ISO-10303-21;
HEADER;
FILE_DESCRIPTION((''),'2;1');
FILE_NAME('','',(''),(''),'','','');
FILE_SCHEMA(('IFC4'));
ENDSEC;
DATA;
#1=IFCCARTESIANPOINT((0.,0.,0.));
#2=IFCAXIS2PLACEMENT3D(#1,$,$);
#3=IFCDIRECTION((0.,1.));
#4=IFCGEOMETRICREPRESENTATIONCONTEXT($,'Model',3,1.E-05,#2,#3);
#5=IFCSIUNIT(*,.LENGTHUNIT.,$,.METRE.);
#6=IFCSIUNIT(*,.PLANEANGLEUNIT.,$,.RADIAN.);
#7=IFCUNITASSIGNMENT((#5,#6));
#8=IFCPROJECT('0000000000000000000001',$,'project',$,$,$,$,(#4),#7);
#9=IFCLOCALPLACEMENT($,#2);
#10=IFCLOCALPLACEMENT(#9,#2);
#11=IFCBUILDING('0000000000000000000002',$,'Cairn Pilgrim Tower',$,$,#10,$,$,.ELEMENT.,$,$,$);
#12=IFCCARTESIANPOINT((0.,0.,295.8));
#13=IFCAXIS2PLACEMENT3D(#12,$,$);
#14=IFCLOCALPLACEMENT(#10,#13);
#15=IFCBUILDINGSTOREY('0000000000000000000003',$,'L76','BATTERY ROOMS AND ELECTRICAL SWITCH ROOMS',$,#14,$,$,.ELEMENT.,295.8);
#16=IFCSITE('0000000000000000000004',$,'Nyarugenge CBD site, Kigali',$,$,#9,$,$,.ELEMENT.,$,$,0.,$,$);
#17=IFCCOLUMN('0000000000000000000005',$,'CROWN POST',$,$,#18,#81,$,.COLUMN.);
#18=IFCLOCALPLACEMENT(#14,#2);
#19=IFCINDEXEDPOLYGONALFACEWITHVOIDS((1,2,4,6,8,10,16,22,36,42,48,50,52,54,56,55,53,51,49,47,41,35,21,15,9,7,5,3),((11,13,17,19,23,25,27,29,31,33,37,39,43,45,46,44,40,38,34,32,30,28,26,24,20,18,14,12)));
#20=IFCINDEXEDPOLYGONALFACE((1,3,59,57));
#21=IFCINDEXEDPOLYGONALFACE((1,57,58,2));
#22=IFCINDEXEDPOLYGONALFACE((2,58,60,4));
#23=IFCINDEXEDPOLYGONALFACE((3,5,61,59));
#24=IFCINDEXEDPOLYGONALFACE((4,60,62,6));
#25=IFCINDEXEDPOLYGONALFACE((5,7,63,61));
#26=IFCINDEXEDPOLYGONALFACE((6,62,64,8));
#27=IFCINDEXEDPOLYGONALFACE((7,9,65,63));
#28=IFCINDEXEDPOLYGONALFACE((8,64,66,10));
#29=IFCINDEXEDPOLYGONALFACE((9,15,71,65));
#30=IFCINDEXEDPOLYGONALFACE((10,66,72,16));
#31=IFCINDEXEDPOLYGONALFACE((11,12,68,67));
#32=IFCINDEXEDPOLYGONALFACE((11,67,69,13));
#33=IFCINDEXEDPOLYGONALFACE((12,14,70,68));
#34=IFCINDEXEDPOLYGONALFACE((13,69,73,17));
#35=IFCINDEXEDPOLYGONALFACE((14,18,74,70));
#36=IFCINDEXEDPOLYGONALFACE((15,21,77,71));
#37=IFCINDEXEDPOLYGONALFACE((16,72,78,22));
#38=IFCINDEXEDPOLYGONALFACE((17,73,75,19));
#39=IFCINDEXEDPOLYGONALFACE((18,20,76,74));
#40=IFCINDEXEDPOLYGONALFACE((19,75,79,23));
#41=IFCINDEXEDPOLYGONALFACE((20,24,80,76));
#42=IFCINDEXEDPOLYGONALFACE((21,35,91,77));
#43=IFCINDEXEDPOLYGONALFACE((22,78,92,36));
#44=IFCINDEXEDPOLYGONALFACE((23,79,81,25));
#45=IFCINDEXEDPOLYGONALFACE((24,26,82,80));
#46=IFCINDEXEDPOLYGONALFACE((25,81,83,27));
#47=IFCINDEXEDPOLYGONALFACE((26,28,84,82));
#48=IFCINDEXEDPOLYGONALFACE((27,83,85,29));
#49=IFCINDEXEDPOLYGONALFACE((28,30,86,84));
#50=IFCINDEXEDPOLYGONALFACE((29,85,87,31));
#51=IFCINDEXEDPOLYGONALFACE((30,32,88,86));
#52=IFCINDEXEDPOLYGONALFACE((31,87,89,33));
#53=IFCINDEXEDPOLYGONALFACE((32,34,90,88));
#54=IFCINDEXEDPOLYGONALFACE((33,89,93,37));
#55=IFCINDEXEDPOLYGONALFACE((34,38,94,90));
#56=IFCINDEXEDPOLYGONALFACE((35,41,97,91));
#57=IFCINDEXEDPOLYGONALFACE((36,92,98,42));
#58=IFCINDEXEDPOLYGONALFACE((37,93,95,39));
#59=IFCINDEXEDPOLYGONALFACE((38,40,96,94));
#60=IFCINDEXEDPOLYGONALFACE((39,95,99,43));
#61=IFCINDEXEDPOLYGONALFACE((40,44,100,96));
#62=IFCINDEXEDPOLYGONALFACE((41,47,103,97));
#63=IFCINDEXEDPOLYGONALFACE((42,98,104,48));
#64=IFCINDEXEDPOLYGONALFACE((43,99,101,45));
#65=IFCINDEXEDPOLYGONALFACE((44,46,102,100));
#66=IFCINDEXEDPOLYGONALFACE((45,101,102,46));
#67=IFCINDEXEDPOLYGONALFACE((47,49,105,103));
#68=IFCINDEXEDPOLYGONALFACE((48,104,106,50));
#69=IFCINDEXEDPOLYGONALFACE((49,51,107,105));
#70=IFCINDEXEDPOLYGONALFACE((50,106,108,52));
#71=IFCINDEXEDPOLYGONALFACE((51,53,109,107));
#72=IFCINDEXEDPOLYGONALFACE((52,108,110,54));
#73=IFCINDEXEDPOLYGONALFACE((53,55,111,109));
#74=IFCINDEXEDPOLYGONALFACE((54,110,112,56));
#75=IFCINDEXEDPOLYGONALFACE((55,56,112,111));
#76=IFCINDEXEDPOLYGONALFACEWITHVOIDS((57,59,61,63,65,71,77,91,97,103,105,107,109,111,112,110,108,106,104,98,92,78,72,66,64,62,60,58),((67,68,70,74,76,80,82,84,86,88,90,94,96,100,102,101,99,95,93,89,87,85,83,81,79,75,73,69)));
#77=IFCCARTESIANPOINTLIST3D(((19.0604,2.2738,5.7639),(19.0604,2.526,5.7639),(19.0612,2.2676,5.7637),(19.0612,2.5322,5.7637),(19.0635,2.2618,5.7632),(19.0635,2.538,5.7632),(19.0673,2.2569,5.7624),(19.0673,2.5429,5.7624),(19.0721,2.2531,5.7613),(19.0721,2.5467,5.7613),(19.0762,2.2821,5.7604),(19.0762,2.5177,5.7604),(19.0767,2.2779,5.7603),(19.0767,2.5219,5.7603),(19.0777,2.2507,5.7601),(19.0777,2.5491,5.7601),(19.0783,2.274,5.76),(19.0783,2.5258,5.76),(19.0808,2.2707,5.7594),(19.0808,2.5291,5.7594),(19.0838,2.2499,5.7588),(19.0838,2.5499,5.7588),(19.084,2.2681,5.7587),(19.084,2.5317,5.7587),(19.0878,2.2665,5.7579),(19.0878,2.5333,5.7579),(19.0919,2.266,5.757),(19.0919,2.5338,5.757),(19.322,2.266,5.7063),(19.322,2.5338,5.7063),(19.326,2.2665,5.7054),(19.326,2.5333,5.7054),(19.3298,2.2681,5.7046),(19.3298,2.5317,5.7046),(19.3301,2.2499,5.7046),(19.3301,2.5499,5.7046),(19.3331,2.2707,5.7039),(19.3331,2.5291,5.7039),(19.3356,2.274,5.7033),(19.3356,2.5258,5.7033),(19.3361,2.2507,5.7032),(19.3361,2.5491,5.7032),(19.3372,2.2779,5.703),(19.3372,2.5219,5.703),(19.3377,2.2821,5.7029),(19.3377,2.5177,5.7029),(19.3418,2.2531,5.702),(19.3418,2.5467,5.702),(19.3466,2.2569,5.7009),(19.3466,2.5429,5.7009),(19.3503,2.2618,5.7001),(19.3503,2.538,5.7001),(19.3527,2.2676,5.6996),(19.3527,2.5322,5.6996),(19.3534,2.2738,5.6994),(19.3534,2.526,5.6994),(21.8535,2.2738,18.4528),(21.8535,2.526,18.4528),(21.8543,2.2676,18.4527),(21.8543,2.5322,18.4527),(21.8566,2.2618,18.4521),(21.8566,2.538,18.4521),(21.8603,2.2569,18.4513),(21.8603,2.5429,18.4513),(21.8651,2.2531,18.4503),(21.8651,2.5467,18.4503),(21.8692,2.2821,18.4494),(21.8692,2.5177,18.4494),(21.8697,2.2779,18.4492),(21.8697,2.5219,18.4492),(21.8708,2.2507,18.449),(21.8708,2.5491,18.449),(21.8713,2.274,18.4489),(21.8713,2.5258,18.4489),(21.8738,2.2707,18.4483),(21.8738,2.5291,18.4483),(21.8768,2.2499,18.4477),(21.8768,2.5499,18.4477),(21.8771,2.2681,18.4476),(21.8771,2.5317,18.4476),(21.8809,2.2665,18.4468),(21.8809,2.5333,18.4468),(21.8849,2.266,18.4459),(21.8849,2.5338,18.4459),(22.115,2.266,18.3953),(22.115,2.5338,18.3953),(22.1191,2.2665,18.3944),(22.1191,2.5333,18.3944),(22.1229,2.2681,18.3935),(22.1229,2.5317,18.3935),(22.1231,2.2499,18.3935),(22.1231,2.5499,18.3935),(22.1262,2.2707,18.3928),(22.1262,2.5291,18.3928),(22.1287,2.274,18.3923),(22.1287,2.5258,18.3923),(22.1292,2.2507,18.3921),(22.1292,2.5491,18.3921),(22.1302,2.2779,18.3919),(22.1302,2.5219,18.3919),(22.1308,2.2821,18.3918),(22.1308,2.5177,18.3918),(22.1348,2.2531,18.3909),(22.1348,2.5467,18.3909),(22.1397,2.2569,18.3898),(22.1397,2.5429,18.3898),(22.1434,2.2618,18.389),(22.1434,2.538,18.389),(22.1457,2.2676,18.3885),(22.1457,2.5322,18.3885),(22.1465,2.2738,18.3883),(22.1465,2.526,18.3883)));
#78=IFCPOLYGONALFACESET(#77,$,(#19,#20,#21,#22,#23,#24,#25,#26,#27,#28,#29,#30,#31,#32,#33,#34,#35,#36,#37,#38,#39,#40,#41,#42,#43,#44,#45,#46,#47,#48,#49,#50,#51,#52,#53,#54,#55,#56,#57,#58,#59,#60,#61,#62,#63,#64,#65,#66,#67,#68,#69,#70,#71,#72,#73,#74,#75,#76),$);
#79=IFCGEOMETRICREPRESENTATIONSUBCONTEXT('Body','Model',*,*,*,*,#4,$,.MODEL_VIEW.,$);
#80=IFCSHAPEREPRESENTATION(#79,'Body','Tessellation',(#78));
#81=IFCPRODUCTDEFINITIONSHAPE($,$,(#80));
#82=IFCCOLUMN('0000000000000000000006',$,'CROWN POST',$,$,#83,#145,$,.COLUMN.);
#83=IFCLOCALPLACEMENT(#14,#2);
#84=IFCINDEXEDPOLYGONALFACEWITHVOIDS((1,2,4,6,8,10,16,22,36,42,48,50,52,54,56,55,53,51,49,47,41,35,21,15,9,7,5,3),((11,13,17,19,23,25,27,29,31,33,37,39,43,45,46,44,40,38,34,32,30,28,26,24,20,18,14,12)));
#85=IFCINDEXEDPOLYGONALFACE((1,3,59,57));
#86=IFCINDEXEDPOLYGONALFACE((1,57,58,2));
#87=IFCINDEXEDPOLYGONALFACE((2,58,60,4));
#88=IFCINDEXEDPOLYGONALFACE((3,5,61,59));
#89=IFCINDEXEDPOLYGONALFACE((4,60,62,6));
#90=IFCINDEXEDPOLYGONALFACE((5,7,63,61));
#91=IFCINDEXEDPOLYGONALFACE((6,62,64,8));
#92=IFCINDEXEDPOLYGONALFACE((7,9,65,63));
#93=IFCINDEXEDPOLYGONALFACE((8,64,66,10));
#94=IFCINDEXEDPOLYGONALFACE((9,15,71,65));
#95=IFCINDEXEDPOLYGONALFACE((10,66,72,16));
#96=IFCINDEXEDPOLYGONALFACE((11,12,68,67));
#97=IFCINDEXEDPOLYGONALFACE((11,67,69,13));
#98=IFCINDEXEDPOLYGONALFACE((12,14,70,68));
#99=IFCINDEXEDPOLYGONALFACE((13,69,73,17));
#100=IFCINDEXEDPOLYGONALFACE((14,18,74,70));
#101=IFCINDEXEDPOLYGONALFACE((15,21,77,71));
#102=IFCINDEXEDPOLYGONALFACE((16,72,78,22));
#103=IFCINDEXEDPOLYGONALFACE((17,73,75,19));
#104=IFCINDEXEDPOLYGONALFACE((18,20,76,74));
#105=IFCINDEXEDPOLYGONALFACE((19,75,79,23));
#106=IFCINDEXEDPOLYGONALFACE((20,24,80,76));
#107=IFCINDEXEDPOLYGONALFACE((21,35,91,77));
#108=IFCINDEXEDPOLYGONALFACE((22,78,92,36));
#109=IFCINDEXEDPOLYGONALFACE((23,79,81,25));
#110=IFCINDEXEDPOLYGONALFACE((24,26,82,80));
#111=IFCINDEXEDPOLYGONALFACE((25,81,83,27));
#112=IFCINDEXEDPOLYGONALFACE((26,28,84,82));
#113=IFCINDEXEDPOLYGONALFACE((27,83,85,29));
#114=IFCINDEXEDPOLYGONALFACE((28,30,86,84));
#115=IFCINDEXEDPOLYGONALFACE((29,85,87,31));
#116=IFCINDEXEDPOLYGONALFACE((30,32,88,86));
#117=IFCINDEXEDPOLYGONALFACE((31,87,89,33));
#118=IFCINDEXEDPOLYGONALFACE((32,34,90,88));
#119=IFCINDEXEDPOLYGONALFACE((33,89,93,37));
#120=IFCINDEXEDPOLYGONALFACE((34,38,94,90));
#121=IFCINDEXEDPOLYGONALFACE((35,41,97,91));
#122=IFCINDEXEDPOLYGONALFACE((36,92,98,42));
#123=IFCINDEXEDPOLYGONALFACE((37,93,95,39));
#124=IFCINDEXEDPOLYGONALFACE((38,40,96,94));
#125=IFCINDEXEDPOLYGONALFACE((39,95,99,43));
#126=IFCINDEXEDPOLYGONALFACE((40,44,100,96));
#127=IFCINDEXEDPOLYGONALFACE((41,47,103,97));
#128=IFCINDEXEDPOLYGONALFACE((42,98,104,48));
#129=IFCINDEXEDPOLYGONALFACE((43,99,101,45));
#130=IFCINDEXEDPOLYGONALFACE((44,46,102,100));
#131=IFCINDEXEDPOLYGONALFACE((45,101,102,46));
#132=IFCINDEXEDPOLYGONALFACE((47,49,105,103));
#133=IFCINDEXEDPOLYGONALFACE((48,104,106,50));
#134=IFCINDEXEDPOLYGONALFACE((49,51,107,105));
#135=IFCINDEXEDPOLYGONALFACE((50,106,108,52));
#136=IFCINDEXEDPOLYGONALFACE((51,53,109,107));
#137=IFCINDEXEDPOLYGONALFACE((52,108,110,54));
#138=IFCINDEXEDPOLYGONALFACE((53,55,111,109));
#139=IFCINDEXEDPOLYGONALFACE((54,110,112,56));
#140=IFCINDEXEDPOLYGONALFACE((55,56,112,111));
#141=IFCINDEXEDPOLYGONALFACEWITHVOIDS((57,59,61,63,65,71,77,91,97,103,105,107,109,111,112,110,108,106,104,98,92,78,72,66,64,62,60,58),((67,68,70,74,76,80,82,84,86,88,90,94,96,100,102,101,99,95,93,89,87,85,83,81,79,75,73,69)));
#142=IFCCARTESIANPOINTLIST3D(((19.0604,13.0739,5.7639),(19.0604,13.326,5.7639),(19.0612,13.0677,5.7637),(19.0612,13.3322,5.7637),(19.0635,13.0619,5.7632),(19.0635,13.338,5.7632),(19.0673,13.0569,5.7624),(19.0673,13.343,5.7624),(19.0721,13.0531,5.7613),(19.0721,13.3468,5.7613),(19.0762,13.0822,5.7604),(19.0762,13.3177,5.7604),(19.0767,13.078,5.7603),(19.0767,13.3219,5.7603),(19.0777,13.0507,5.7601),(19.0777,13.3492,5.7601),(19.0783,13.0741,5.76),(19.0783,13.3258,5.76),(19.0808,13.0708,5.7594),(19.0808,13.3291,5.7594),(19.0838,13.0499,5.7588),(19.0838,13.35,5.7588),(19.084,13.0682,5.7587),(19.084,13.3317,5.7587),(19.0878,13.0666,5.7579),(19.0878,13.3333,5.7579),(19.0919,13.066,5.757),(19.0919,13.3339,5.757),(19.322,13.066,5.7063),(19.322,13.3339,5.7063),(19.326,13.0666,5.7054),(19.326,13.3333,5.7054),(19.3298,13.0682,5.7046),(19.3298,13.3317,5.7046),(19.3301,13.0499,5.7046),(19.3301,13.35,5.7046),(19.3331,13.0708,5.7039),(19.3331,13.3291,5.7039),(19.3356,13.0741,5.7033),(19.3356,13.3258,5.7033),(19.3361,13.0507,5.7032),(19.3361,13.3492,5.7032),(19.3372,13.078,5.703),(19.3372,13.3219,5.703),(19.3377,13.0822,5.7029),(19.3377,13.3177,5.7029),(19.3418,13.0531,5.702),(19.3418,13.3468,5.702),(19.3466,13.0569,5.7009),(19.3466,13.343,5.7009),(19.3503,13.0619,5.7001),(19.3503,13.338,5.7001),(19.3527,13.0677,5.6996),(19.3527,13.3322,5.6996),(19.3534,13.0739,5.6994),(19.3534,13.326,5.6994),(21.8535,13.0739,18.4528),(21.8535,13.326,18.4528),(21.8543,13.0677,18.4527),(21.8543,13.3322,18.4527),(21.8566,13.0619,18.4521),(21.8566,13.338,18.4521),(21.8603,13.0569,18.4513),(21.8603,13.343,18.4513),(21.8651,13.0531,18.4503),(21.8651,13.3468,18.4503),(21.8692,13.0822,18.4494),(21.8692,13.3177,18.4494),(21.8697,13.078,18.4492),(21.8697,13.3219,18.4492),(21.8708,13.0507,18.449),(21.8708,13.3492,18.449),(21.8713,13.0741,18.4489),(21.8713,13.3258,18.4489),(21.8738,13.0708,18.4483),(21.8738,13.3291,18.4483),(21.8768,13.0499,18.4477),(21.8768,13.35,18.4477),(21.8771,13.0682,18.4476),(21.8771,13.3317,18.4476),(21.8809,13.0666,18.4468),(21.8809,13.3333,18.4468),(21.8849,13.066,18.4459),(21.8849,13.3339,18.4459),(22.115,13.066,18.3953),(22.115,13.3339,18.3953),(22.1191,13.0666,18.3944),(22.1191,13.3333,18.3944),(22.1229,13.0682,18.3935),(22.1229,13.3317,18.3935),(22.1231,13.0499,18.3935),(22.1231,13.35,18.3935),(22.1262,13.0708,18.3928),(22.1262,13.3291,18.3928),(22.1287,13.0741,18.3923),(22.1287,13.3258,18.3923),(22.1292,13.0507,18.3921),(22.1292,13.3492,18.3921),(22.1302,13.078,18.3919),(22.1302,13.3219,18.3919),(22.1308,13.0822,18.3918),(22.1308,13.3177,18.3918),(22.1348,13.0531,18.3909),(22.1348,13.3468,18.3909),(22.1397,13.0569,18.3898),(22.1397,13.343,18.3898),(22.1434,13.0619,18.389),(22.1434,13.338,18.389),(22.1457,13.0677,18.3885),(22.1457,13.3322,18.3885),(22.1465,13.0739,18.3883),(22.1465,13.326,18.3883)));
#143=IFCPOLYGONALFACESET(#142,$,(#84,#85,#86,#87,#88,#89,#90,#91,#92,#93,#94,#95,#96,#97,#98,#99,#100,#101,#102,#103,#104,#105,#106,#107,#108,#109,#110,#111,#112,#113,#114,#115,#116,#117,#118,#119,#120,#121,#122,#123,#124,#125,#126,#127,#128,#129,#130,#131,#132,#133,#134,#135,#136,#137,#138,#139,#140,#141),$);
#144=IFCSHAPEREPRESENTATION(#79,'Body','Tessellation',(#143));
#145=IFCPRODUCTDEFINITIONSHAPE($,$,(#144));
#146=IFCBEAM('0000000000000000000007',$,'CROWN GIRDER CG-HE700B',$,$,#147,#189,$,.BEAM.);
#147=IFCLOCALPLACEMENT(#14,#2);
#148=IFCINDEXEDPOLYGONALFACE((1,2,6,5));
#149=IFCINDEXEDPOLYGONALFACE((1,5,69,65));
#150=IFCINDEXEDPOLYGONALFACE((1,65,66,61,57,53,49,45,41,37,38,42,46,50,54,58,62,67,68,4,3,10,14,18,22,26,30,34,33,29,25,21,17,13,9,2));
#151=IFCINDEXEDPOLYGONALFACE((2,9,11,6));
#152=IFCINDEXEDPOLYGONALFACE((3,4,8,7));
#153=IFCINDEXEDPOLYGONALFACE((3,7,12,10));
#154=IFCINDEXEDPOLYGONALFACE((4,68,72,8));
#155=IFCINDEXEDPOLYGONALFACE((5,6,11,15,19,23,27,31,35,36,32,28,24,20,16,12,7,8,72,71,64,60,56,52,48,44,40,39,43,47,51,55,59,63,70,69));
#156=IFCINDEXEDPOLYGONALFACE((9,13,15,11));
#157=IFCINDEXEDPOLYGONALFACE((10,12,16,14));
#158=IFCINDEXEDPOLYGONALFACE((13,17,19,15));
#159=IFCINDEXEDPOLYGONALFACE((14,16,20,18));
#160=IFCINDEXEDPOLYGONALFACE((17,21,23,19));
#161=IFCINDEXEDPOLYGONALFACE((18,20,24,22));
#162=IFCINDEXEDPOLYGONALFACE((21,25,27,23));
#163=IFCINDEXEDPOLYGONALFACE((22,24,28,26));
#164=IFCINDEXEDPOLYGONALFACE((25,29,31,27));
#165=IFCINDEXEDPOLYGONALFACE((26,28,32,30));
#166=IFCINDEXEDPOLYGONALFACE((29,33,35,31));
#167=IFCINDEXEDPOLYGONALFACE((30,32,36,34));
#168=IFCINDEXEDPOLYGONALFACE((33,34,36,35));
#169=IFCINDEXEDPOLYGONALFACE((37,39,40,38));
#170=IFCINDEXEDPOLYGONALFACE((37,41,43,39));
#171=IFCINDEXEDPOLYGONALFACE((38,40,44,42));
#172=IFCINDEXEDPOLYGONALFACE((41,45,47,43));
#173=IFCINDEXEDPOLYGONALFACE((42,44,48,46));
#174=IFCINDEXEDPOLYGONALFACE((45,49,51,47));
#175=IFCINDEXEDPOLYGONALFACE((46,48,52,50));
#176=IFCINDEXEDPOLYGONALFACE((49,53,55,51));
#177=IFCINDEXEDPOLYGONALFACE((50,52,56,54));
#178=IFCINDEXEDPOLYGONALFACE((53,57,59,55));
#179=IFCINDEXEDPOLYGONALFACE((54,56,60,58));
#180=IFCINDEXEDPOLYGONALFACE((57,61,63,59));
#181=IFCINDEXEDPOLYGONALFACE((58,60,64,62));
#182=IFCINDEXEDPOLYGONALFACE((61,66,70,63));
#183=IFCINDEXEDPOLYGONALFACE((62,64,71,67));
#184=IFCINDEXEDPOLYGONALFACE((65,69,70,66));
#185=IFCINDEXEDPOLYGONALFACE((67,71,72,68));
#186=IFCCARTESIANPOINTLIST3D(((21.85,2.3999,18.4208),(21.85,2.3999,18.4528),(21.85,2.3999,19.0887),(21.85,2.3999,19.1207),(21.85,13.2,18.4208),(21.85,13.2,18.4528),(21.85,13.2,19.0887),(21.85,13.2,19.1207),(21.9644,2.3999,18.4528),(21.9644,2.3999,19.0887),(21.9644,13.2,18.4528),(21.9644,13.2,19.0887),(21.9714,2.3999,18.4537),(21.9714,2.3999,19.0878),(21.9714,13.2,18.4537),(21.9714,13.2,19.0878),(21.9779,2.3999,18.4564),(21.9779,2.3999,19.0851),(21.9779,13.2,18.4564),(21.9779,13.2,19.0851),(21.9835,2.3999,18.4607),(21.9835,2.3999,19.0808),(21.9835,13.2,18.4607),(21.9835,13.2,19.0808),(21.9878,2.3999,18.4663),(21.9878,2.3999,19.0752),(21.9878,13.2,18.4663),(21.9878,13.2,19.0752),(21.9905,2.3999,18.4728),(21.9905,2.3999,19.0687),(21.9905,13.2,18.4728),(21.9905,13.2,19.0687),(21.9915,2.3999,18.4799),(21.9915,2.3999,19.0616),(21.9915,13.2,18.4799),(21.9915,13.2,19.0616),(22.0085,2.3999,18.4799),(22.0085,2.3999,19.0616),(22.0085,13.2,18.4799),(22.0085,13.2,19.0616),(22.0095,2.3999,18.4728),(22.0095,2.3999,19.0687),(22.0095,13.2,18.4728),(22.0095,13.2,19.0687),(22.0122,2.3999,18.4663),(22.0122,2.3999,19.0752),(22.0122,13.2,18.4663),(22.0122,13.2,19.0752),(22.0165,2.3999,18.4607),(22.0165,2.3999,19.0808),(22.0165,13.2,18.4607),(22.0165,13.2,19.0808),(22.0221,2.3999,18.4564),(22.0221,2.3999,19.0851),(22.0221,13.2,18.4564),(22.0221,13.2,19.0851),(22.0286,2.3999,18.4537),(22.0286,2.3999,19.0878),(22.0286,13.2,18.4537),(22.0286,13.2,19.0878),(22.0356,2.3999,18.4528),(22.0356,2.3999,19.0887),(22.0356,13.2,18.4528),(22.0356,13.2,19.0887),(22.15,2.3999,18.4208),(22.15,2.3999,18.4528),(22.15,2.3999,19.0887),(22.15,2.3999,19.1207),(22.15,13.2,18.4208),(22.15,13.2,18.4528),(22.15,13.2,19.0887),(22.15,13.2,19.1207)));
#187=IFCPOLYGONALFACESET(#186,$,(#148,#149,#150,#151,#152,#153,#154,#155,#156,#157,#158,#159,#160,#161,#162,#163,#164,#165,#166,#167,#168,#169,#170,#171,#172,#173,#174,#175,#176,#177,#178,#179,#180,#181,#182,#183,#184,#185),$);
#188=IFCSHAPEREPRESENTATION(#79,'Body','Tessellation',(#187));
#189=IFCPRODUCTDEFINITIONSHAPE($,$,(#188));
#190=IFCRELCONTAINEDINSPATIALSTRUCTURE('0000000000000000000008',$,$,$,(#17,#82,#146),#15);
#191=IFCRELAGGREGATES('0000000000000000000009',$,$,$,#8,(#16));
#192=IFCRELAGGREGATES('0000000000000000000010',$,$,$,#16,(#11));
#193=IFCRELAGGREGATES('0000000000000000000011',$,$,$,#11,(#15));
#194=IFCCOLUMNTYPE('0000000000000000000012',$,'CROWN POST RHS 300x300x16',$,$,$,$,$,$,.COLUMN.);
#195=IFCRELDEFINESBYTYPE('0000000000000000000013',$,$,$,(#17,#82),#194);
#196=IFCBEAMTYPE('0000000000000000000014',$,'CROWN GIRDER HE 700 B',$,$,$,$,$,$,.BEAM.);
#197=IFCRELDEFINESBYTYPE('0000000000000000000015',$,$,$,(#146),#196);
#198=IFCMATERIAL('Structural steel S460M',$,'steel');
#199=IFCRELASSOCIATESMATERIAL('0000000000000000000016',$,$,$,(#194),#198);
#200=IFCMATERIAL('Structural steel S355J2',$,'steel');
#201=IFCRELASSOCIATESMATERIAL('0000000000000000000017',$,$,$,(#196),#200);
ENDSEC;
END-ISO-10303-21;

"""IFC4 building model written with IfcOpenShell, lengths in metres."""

from ifc_helpers import new_model, si_unit, direction, frame, origin, origin_2d, place, context, subcontext, project, spatial, hollow_rectangle, i_section, extrude, clip, halfspace, material, material_profile, profile_set, type_object, element, save


model = new_model("IFC4")

# Units and contexts
model_context = context("Model", 3, precision=1e-05, world=origin(), true_north=direction((0.0, 1.0)))
body_context = subcontext(model_context, "Body", "Model", "MODEL_VIEW")
ifc_project = project(units=[si_unit("LENGTHUNIT", "METRE"), si_unit("PLANEANGLEUNIT", "RADIAN")], contexts=[model_context])

# Site, building, storey
site_placement = place(None, origin())
site = spatial("IfcSite", under=ifc_project, at=site_placement, Name="Nyarugenge CBD site, Kigali", CompositionType="ELEMENT", RefElevation=0.0)
building_placement = place(site_placement, origin())
building = spatial("IfcBuilding", under=site, at=building_placement, Name="Cairn Pilgrim Tower", CompositionType="ELEMENT")
storey_placement = place(building_placement, frame((0.0, 0.0, 295.8)))
storey = spatial("IfcBuildingStorey", under=building, at=storey_placement, Name="L76", Description="BATTERY ROOMS AND ELECTRICAL SWITCH ROOMS", CompositionType="ELEMENT", Elevation=295.8)

# Columns
ifc_material_1 = material(Name="Structural steel S460M", Category="steel")
ifc_material_profile_1 = material_profile(ifc_material_1, hollow_rectangle(XDim=0.3, YDim=0.3, WallThickness=0.0161, InnerFilletRadius=0.0161, OuterFilletRadius=0.0239, at=origin_2d()), Name="SHS 300x300x16")
ifc_profile_set_1 = profile_set([ifc_material_profile_1], Name="Structural steel S460M")
column_type = type_object("IfcColumnType", Name="CROWN POST RHS 300x300x16", PredefinedType="COLUMN", material=ifc_profile_set_1)
for number, where, z_axis, x_axis, name in (
    (1, (19.2, 2.3999, 5.7), (0.214971, 0.0, 0.97662), (0.0, 1.0, 0.0), "CROWN POST"),
    (2, (19.2, 13.2, 5.7), (0.214971, 0.0, 0.97662), (0.0, 1.0, 0.0), "CROWN POST"),
):
    element("IfcColumn", number, at=place(storey_placement, frame(where, z_axis=z_axis, x_axis=x_axis)), inside=storey, type_object=column_type, Name=name, PredefinedType="COLUMN", context=body_context, shape_type="Clipping", body=[
        clip(extrude(hollow_rectangle(XDim=0.3, YDim=0.3, WallThickness=0.0161, InnerFilletRadius=0.0161, OuterFilletRadius=0.0239, at=origin_2d()), origin(), (0.0, 0.0, 1.0), 13.0251), halfspace(frame((0.0, 0.0, 0.0325), z_axis=(0.0, 0.0, 1.0), x_axis=(1.0, 0.0, 0.0)), True)),
    ])

# Beam
ifc_material_2 = material(Name="Structural steel S355J2", Category="steel")
ifc_material_profile_2 = material_profile(ifc_material_2, i_section(OverallWidth=0.3, OverallDepth=0.7, WebThickness=0.0171, FlangeThickness=0.032, FilletRadius=0.0271, at=origin_2d()), Name="HEB 700")
ifc_profile_set_2 = profile_set([ifc_material_profile_2], Name="Structural steel S355J2")
beam_type_1 = type_object("IfcBeamType", Name="CROWN GIRDER HE 700 B", PredefinedType="BEAM", material=ifc_profile_set_2)
beam_1_placement = place(storey_placement, frame((22.0, 2.3999, 18.7708), z_axis=(0.0, 1.0, 0.0), x_axis=(-1.0, 0.0, 0.0)))
element("IfcBeam", 3, at=beam_1_placement, inside=storey, type_object=beam_type_1, Name="CROWN GIRDER CG-HE700B", PredefinedType="BEAM", context=body_context, shape_type="SweptSolid", body=[
    extrude(i_section(OverallWidth=0.3, OverallDepth=0.7, WebThickness=0.0171, FlangeThickness=0.032, FilletRadius=0.0271, at=origin_2d()), origin(), (0.0, 0.0, 1.0), 10.8),
])

save(model, "model.ifc")
